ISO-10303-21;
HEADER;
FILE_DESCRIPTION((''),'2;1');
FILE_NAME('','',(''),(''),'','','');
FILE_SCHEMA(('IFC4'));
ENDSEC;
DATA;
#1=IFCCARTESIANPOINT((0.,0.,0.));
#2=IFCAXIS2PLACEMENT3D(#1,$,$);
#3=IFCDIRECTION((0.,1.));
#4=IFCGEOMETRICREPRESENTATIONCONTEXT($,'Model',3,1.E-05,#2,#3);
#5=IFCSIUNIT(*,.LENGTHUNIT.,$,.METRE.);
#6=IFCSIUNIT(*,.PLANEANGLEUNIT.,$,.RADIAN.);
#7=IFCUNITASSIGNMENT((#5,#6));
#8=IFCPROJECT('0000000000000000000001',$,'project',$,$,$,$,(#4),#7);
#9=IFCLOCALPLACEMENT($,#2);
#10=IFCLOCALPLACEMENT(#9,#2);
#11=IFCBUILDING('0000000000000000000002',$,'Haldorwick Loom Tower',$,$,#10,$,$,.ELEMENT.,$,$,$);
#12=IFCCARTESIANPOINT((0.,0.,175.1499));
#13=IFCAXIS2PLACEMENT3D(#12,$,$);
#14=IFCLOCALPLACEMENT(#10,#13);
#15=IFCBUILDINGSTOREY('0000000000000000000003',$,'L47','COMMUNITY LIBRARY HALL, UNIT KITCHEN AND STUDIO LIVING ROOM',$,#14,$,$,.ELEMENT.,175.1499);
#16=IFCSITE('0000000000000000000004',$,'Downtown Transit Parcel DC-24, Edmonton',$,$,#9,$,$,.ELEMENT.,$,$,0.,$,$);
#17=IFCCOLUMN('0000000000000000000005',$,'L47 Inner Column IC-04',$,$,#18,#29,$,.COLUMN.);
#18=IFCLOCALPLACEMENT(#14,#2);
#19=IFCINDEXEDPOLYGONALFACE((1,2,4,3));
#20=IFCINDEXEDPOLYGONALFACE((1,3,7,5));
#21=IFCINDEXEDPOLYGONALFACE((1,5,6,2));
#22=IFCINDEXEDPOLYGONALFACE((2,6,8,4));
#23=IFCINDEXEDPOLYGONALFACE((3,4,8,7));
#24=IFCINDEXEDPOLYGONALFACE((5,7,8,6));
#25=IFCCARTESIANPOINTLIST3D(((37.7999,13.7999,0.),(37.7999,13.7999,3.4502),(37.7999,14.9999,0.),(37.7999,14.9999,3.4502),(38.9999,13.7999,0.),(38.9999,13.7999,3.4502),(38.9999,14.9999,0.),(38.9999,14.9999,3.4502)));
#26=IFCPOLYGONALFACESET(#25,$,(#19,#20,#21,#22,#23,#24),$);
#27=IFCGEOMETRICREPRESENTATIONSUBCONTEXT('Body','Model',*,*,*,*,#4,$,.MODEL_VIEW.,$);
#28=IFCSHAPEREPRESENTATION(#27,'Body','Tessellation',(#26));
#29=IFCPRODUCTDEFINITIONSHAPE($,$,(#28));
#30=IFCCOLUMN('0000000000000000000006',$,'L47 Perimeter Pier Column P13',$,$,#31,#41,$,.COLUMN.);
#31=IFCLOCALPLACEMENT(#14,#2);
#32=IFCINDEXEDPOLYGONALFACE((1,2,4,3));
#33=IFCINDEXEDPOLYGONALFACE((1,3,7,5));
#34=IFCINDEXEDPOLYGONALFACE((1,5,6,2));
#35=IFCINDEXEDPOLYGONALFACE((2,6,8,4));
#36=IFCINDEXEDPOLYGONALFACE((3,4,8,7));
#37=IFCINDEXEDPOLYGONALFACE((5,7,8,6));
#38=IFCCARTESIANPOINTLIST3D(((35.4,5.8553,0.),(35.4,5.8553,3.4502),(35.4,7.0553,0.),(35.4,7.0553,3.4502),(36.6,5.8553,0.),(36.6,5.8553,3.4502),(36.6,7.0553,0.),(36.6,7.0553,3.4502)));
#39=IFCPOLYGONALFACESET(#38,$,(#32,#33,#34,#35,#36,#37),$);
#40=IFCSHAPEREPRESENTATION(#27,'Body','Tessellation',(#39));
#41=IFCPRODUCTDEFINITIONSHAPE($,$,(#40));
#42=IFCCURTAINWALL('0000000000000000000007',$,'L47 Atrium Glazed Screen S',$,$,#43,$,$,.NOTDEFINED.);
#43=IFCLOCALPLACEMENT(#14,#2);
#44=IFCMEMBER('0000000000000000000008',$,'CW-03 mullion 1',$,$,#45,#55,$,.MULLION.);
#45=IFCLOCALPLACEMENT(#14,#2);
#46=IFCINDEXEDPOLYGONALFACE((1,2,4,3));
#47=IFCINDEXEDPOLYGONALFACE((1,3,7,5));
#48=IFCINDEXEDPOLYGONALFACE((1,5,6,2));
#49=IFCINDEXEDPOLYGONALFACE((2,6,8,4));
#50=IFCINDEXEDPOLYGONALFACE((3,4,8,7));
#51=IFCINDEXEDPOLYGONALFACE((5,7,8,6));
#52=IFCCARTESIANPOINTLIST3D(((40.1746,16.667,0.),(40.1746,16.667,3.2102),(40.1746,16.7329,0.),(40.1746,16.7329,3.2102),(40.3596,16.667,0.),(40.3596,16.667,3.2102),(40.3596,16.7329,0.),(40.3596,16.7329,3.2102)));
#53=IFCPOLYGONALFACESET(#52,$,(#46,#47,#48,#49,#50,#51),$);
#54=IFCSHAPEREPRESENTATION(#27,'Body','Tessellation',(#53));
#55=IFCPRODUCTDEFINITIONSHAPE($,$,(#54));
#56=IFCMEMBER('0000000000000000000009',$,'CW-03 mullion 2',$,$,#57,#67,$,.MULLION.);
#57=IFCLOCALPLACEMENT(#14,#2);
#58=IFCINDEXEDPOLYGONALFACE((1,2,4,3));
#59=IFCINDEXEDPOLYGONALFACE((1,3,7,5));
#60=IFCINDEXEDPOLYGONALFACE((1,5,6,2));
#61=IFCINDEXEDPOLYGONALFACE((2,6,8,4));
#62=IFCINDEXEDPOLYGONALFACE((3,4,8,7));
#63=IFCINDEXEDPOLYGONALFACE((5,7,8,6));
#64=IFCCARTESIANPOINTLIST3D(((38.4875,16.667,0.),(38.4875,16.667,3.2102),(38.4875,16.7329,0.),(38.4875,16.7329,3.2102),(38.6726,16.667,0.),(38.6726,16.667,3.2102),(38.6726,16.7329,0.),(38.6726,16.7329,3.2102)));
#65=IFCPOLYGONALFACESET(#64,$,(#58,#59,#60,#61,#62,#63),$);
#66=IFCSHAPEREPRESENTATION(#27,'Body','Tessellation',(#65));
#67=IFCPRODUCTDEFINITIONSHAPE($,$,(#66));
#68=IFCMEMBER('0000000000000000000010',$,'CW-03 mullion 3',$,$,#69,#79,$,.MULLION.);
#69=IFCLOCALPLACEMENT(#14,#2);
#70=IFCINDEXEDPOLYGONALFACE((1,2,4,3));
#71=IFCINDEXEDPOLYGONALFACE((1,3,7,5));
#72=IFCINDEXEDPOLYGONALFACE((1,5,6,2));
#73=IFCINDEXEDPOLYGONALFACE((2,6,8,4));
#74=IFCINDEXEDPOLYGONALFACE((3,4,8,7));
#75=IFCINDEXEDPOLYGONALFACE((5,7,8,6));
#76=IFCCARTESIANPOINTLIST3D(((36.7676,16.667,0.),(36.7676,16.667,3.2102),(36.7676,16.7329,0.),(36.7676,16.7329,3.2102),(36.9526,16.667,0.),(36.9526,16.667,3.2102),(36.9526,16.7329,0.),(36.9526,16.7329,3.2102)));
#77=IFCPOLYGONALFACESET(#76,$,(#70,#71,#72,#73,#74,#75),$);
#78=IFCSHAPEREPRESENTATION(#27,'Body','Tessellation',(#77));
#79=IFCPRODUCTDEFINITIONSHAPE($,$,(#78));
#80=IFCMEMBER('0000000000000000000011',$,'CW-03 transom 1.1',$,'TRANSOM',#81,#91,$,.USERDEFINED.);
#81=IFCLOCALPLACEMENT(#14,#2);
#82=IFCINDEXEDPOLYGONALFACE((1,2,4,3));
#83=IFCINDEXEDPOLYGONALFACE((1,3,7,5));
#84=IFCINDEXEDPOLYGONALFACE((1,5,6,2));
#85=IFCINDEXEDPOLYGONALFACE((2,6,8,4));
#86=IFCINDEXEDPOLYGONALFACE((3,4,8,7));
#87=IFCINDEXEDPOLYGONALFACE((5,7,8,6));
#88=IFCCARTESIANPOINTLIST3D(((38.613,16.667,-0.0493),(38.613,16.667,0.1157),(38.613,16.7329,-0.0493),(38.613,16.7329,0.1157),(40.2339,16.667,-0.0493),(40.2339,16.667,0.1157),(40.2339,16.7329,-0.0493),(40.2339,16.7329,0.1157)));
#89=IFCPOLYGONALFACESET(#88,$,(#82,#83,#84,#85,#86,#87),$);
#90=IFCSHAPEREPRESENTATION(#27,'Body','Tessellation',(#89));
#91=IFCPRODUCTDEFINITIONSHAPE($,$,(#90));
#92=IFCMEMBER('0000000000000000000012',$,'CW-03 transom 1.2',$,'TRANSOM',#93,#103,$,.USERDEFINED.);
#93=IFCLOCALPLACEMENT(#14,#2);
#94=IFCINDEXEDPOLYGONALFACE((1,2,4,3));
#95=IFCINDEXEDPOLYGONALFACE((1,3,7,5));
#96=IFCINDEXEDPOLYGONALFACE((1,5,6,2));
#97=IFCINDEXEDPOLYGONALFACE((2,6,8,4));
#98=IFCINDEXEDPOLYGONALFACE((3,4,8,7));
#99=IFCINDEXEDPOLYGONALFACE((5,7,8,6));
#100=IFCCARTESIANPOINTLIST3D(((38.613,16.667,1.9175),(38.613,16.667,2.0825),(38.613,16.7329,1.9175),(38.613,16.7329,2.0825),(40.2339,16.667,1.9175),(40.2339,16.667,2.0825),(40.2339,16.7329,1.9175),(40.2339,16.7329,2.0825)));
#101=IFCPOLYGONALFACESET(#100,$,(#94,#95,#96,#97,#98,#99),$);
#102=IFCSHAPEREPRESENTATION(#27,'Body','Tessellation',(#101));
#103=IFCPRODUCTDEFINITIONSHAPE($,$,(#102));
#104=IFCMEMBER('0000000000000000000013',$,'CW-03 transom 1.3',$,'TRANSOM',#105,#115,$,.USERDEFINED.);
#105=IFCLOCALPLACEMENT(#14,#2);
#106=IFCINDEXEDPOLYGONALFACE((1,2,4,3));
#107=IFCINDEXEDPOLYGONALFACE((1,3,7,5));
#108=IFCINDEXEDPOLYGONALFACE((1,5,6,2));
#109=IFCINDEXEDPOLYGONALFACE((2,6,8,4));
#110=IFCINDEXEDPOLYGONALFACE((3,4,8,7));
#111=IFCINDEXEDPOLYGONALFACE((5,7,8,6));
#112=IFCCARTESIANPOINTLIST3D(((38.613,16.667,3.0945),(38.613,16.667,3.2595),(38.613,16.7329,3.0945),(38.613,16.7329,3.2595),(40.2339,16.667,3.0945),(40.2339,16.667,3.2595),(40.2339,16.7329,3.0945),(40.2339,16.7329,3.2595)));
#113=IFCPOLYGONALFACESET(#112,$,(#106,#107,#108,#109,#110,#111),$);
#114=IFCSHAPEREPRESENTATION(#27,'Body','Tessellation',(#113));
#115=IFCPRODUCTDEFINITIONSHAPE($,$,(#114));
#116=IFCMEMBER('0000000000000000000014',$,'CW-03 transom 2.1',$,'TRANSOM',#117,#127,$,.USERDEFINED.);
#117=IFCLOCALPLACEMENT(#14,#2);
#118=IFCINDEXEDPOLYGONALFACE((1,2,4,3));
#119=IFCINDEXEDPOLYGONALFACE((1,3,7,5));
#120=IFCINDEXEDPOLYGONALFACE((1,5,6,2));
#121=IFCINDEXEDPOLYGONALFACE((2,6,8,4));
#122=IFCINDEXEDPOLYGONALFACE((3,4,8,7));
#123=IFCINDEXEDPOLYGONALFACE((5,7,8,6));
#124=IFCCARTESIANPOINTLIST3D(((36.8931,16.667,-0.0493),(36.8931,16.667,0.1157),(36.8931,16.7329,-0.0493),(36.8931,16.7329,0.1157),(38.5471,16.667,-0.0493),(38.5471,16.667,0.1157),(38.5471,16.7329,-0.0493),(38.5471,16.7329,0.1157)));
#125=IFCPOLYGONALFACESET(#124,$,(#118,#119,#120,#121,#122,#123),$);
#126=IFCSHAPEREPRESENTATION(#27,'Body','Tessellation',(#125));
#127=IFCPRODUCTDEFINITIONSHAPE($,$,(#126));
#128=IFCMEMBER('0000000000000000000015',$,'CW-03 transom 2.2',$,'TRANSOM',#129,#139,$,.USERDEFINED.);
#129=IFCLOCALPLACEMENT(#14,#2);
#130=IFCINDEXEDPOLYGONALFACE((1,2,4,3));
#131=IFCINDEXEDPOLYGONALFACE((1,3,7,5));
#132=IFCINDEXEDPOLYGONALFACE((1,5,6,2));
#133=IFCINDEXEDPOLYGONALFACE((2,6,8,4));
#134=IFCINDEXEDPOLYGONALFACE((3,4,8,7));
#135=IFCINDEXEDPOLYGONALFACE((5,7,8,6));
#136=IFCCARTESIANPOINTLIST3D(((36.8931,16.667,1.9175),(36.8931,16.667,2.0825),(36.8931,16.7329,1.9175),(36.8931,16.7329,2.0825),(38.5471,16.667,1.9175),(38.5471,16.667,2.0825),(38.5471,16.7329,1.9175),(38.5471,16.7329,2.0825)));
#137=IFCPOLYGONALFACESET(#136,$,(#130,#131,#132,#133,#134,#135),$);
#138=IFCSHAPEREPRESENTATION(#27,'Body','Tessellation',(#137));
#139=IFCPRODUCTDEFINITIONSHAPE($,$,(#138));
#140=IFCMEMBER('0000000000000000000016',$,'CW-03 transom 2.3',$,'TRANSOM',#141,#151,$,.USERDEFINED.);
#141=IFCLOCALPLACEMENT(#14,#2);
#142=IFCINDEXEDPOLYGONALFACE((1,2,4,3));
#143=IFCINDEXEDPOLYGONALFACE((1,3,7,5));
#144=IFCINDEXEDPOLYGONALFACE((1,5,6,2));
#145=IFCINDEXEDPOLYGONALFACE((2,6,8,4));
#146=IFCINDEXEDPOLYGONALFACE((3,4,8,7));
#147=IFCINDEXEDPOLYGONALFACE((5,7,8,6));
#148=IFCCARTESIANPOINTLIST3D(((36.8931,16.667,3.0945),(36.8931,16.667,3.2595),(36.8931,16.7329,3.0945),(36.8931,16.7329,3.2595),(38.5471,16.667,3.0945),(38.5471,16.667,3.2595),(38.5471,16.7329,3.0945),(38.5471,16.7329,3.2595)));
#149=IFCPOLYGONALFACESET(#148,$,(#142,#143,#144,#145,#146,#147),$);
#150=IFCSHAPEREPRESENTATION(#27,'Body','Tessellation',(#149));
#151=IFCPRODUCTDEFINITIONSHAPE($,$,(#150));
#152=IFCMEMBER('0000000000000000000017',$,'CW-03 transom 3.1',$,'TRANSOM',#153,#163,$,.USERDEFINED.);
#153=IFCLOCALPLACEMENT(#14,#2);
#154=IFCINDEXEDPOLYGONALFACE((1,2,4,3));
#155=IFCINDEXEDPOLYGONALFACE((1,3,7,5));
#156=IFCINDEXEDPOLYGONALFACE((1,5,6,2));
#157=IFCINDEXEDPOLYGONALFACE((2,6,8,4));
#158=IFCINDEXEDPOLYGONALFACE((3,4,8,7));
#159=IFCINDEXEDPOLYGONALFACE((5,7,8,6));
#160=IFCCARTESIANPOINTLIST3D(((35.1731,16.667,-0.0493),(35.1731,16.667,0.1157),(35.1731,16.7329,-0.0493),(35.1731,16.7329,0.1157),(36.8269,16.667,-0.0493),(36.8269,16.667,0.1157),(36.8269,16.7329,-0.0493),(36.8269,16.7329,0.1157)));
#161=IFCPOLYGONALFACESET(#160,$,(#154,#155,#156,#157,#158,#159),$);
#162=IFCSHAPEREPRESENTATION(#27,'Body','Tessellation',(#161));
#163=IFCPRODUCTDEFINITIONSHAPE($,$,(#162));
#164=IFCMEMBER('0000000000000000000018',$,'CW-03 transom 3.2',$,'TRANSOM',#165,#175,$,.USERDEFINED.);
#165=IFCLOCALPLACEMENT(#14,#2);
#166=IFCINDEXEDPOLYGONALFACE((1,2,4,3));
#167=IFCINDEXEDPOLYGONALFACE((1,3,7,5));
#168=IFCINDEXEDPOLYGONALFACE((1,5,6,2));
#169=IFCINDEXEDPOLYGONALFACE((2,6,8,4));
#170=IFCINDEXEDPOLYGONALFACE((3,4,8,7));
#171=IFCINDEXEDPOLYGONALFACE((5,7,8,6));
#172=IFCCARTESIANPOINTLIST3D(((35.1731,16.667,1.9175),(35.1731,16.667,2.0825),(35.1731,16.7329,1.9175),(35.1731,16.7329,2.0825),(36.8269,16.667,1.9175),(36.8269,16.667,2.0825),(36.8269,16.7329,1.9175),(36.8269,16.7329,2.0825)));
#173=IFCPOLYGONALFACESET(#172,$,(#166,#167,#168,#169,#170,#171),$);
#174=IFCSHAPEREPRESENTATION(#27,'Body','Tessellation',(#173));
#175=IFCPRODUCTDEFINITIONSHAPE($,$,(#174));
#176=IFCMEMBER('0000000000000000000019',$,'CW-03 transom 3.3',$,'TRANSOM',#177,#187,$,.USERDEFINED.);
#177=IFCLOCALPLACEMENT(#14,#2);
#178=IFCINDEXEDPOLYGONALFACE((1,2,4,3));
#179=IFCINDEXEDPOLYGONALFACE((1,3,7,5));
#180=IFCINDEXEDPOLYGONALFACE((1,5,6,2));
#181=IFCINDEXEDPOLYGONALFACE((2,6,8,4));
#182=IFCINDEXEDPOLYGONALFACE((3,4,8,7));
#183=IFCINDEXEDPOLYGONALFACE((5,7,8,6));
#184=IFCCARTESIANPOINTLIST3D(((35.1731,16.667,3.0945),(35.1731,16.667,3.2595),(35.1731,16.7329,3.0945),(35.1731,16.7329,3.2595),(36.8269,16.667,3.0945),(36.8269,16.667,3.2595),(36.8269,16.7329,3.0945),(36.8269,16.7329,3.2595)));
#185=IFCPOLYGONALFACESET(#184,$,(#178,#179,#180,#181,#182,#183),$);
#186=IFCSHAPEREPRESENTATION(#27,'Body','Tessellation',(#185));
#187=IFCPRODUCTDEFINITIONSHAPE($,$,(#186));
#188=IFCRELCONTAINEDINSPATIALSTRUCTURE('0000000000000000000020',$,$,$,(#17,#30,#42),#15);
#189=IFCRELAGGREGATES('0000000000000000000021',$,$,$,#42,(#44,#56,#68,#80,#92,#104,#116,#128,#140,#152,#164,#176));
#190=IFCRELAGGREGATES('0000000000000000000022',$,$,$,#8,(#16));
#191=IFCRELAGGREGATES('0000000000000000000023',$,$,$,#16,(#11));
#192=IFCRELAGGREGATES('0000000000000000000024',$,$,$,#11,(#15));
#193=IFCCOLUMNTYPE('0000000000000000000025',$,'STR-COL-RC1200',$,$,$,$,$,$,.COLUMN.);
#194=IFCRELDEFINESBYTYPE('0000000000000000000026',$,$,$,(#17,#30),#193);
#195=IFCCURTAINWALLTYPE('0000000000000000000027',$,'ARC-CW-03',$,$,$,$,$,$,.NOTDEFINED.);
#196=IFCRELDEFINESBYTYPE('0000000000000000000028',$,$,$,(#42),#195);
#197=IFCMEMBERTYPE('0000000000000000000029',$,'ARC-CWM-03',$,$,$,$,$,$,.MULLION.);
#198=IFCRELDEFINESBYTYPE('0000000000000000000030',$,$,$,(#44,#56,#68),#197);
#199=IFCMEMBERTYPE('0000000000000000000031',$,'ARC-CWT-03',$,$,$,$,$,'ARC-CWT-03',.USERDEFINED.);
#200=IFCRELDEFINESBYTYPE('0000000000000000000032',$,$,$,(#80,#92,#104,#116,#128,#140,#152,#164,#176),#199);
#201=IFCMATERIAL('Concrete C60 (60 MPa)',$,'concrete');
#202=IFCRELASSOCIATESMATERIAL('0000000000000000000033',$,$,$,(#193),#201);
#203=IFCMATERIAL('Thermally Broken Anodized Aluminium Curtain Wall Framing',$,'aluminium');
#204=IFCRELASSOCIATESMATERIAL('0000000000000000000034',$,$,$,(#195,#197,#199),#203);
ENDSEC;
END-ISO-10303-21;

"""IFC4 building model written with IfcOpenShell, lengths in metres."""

from ifc_helpers import new_model, si_unit, direction, frame, origin, origin_2d, place, context, subcontext, project, spatial, rectangle, extrude, material, material_profile, profile_set, type_object, element, aggregate, save


model = new_model("IFC4")

# Units and contexts
model_context = context("Model", 3, precision=1e-05, world=origin(), true_north=direction((0.0, 1.0)))
body_context = subcontext(model_context, "Body", "Model", "MODEL_VIEW")
ifc_project = project(units=[si_unit("LENGTHUNIT", "METRE"), si_unit("PLANEANGLEUNIT", "RADIAN")], contexts=[model_context])

# Site, building, storey
site_placement = place(None, origin())
site = spatial("IfcSite", under=ifc_project, at=site_placement, Name="Downtown Transit Parcel DC-24, Edmonton", CompositionType="ELEMENT", RefElevation=0.0)
building_placement = place(site_placement, origin())
building = spatial("IfcBuilding", under=site, at=building_placement, Name="Haldorwick Loom Tower", CompositionType="ELEMENT")
storey_placement = place(building_placement, frame((0.0, 0.0, 175.1499)))
storey = spatial("IfcBuildingStorey", under=building, at=storey_placement, Name="L47", Description="COMMUNITY LIBRARY HALL, UNIT KITCHEN AND STUDIO LIVING ROOM", CompositionType="ELEMENT", Elevation=175.1499)

# Columns
ifc_material_1 = material(Name="Concrete C60 (60 MPa)", Category="concrete")
ifc_material_profile_1 = material_profile(ifc_material_1, rectangle(XDim=1.2, YDim=1.2, at=origin_2d()), Name="RC1200X1200", Category="concrete")
ifc_profile_set_1 = profile_set([ifc_material_profile_1], Name="Concrete C60 (60 MPa)")
column_type = type_object("IfcColumnType", Name="STR-COL-RC1200", PredefinedType="COLUMN", material=ifc_profile_set_1)
for number, where, z_axis, x_axis, name in (
    (1, (38.3999, 14.3999, 0.0), (0.0, 0.0, 1.0), (1.0, 0.0, 0.0), "L47 Inner Column IC-04"),
    (2, (36.0, 6.4553, 0.0), (0.0, 0.0, 1.0), (0.0, -1.0, 0.0), "L47 Perimeter Pier Column P13"),
):
    element("IfcColumn", number, at=place(storey_placement, frame(where, z_axis=z_axis, x_axis=x_axis)), inside=storey, type_object=column_type, Name=name, PredefinedType="COLUMN", context=body_context, shape_type="SweptSolid", body=[
        extrude(rectangle(XDim=1.2, YDim=1.2, at=origin_2d()), origin(), (0.0, 0.0, 1.0), 3.4502),
    ])

# Curtain wall, members
ifc_material_2 = material(Name="Thermally Broken Anodized Aluminium Curtain Wall Framing", Category="aluminium")
curtain_wall_type = type_object("IfcCurtainWallType", Name="ARC-CW-03", PredefinedType="NOTDEFINED", material=ifc_material_2)
curtain_wall_placement = place(storey_placement, origin())
curtain_wall = element("IfcCurtainWall", 3, at=curtain_wall_placement, inside=storey, type_object=curtain_wall_type, Name="L47 Atrium Glazed Screen S", PredefinedType="NOTDEFINED")
ifc_material_profile_2 = material_profile(ifc_material_2, rectangle(XDim=0.0659, YDim=0.1851, at=origin_2d()), Name="ALU_MUL_66X185", Category="aluminium")
ifc_profile_set_2 = profile_set([ifc_material_profile_2], Name="Thermally Broken Anodized Aluminium Curtain Wall Framing")
member_type_1 = type_object("IfcMemberType", Name="ARC-CWM-03", PredefinedType="MULLION", material=ifc_profile_set_2)
member_1_placement = place(storey_placement, frame((40.2671, 16.7, 0.0), z_axis=(0.0, 0.0, 1.0), x_axis=(0.0, -1.0, 0.0)))
member_1 = element("IfcMember", 4, at=member_1_placement, type_object=member_type_1, Name="CW-03 mullion 1", PredefinedType="MULLION", context=body_context, shape_type="SweptSolid", body=[
    extrude(rectangle(XDim=0.0659, YDim=0.1851, at=origin_2d()), origin(), (0.0, 0.0, 1.0), 3.2102),
])
member_2_placement = place(storey_placement, frame((38.5801, 16.7, 0.0), z_axis=(0.0, 0.0, 1.0), x_axis=(0.0, -1.0, 0.0)))
member_2 = element("IfcMember", 5, at=member_2_placement, type_object=member_type_1, Name="CW-03 mullion 2", PredefinedType="MULLION", context=body_context, shape_type="SweptSolid", body=[
    extrude(rectangle(XDim=0.0659, YDim=0.1851, at=origin_2d()), origin(), (0.0, 0.0, 1.0), 3.2102),
])
member_3_placement = place(storey_placement, frame((36.8601, 16.7, 0.0), z_axis=(0.0, 0.0, 1.0), x_axis=(0.0, -1.0, 0.0)))
member_3 = element("IfcMember", 6, at=member_3_placement, type_object=member_type_1, Name="CW-03 mullion 3", PredefinedType="MULLION", context=body_context, shape_type="SweptSolid", body=[
    extrude(rectangle(XDim=0.0659, YDim=0.1851, at=origin_2d()), origin(), (0.0, 0.0, 1.0), 3.2102),
])
ifc_material_profile_3 = material_profile(ifc_material_2, rectangle(XDim=0.0659, YDim=0.165, at=origin_2d()), Name="ALU_TRN_66X165", Category="aluminium")
ifc_profile_set_3 = profile_set([ifc_material_profile_3], Name="Thermally Broken Anodized Aluminium Curtain Wall Framing")
member_type_2 = type_object("IfcMemberType", Name="ARC-CWT-03", ElementType="ARC-CWT-03", PredefinedType="USERDEFINED", material=ifc_profile_set_3)
member_4_placement = place(storey_placement, frame((40.2339, 16.7, 0.0332), z_axis=(-1.0, 0.0, 0.0), x_axis=(0.0, -1.0, 0.0)))
member_4 = element("IfcMember", 7, at=member_4_placement, type_object=member_type_2, Name="CW-03 transom 1.1", ObjectType="TRANSOM", PredefinedType="USERDEFINED", context=body_context, shape_type="SweptSolid", body=[
    extrude(rectangle(XDim=0.0659, YDim=0.165, at=origin_2d()), origin(), (0.0, 0.0, 1.0), 1.6208),
])
member_5_placement = place(storey_placement, frame((40.2339, 16.7, 2.0), z_axis=(-1.0, 0.0, 0.0), x_axis=(0.0, -1.0, 0.0)))
member_5 = element("IfcMember", 8, at=member_5_placement, type_object=member_type_2, Name="CW-03 transom 1.2", ObjectType="TRANSOM", PredefinedType="USERDEFINED", context=body_context, shape_type="SweptSolid", body=[
    extrude(rectangle(XDim=0.0659, YDim=0.165, at=origin_2d()), origin(), (0.0, 0.0, 1.0), 1.6208),
])
member_6_placement = place(storey_placement, frame((40.2339, 16.7, 3.177), z_axis=(-1.0, 0.0, 0.0), x_axis=(0.0, -1.0, 0.0)))
member_6 = element("IfcMember", 9, at=member_6_placement, type_object=member_type_2, Name="CW-03 transom 1.3", ObjectType="TRANSOM", PredefinedType="USERDEFINED", context=body_context, shape_type="SweptSolid", body=[
    extrude(rectangle(XDim=0.0659, YDim=0.165, at=origin_2d()), origin(), (0.0, 0.0, 1.0), 1.6208),
])
member_7_placement = place(storey_placement, frame((38.5471, 16.7, 0.0332), z_axis=(-1.0, 0.0, 0.0), x_axis=(0.0, -1.0, 0.0)))
member_7 = element("IfcMember", 10, at=member_7_placement, type_object=member_type_2, Name="CW-03 transom 2.1", ObjectType="TRANSOM", PredefinedType="USERDEFINED", context=body_context, shape_type="SweptSolid", body=[
    extrude(rectangle(XDim=0.0659, YDim=0.165, at=origin_2d()), origin(), (0.0, 0.0, 1.0), 1.6541),
])
member_8_placement = place(storey_placement, frame((38.5471, 16.7, 2.0), z_axis=(-1.0, 0.0, 0.0), x_axis=(0.0, -1.0, 0.0)))
member_8 = element("IfcMember", 11, at=member_8_placement, type_object=member_type_2, Name="CW-03 transom 2.2", ObjectType="TRANSOM", PredefinedType="USERDEFINED", context=body_context, shape_type="SweptSolid", body=[
    extrude(rectangle(XDim=0.0659, YDim=0.165, at=origin_2d()), origin(), (0.0, 0.0, 1.0), 1.6541),
])
member_9_placement = place(storey_placement, frame((38.5471, 16.7, 3.177), z_axis=(-1.0, 0.0, 0.0), x_axis=(0.0, -1.0, 0.0)))
member_9 = element("IfcMember", 12, at=member_9_placement, type_object=member_type_2, Name="CW-03 transom 2.3", ObjectType="TRANSOM", PredefinedType="USERDEFINED", context=body_context, shape_type="SweptSolid", body=[
    extrude(rectangle(XDim=0.0659, YDim=0.165, at=origin_2d()), origin(), (0.0, 0.0, 1.0), 1.6541),
])
member_10_placement = place(storey_placement, frame((36.8269, 16.7, 0.0332), z_axis=(-1.0, 0.0, 0.0), x_axis=(0.0, -1.0, 0.0)))
member_10 = element("IfcMember", 13, at=member_10_placement, type_object=member_type_2, Name="CW-03 transom 3.1", ObjectType="TRANSOM", PredefinedType="USERDEFINED", context=body_context, shape_type="SweptSolid", body=[
    extrude(rectangle(XDim=0.0659, YDim=0.165, at=origin_2d()), origin(), (0.0, 0.0, 1.0), 1.6538),
])
member_11_placement = place(storey_placement, frame((36.8269, 16.7, 2.0), z_axis=(-1.0, 0.0, 0.0), x_axis=(0.0, -1.0, 0.0)))
member_11 = element("IfcMember", 14, at=member_11_placement, type_object=member_type_2, Name="CW-03 transom 3.2", ObjectType="TRANSOM", PredefinedType="USERDEFINED", context=body_context, shape_type="SweptSolid", body=[
    extrude(rectangle(XDim=0.0659, YDim=0.165, at=origin_2d()), origin(), (0.0, 0.0, 1.0), 1.6538),
])
member_12_placement = place(storey_placement, frame((36.8269, 16.7, 3.177), z_axis=(-1.0, 0.0, 0.0), x_axis=(0.0, -1.0, 0.0)))
member_12 = element("IfcMember", 15, at=member_12_placement, type_object=member_type_2, Name="CW-03 transom 3.3", ObjectType="TRANSOM", PredefinedType="USERDEFINED", context=body_context, shape_type="SweptSolid", body=[
    extrude(rectangle(XDim=0.0659, YDim=0.165, at=origin_2d()), origin(), (0.0, 0.0, 1.0), 1.6538),
])

aggregate(curtain_wall, [member_1, member_2, member_3, member_4, member_5, member_6, member_7, member_8, member_9, member_10, member_11, member_12])

save(model, "model.ifc")
